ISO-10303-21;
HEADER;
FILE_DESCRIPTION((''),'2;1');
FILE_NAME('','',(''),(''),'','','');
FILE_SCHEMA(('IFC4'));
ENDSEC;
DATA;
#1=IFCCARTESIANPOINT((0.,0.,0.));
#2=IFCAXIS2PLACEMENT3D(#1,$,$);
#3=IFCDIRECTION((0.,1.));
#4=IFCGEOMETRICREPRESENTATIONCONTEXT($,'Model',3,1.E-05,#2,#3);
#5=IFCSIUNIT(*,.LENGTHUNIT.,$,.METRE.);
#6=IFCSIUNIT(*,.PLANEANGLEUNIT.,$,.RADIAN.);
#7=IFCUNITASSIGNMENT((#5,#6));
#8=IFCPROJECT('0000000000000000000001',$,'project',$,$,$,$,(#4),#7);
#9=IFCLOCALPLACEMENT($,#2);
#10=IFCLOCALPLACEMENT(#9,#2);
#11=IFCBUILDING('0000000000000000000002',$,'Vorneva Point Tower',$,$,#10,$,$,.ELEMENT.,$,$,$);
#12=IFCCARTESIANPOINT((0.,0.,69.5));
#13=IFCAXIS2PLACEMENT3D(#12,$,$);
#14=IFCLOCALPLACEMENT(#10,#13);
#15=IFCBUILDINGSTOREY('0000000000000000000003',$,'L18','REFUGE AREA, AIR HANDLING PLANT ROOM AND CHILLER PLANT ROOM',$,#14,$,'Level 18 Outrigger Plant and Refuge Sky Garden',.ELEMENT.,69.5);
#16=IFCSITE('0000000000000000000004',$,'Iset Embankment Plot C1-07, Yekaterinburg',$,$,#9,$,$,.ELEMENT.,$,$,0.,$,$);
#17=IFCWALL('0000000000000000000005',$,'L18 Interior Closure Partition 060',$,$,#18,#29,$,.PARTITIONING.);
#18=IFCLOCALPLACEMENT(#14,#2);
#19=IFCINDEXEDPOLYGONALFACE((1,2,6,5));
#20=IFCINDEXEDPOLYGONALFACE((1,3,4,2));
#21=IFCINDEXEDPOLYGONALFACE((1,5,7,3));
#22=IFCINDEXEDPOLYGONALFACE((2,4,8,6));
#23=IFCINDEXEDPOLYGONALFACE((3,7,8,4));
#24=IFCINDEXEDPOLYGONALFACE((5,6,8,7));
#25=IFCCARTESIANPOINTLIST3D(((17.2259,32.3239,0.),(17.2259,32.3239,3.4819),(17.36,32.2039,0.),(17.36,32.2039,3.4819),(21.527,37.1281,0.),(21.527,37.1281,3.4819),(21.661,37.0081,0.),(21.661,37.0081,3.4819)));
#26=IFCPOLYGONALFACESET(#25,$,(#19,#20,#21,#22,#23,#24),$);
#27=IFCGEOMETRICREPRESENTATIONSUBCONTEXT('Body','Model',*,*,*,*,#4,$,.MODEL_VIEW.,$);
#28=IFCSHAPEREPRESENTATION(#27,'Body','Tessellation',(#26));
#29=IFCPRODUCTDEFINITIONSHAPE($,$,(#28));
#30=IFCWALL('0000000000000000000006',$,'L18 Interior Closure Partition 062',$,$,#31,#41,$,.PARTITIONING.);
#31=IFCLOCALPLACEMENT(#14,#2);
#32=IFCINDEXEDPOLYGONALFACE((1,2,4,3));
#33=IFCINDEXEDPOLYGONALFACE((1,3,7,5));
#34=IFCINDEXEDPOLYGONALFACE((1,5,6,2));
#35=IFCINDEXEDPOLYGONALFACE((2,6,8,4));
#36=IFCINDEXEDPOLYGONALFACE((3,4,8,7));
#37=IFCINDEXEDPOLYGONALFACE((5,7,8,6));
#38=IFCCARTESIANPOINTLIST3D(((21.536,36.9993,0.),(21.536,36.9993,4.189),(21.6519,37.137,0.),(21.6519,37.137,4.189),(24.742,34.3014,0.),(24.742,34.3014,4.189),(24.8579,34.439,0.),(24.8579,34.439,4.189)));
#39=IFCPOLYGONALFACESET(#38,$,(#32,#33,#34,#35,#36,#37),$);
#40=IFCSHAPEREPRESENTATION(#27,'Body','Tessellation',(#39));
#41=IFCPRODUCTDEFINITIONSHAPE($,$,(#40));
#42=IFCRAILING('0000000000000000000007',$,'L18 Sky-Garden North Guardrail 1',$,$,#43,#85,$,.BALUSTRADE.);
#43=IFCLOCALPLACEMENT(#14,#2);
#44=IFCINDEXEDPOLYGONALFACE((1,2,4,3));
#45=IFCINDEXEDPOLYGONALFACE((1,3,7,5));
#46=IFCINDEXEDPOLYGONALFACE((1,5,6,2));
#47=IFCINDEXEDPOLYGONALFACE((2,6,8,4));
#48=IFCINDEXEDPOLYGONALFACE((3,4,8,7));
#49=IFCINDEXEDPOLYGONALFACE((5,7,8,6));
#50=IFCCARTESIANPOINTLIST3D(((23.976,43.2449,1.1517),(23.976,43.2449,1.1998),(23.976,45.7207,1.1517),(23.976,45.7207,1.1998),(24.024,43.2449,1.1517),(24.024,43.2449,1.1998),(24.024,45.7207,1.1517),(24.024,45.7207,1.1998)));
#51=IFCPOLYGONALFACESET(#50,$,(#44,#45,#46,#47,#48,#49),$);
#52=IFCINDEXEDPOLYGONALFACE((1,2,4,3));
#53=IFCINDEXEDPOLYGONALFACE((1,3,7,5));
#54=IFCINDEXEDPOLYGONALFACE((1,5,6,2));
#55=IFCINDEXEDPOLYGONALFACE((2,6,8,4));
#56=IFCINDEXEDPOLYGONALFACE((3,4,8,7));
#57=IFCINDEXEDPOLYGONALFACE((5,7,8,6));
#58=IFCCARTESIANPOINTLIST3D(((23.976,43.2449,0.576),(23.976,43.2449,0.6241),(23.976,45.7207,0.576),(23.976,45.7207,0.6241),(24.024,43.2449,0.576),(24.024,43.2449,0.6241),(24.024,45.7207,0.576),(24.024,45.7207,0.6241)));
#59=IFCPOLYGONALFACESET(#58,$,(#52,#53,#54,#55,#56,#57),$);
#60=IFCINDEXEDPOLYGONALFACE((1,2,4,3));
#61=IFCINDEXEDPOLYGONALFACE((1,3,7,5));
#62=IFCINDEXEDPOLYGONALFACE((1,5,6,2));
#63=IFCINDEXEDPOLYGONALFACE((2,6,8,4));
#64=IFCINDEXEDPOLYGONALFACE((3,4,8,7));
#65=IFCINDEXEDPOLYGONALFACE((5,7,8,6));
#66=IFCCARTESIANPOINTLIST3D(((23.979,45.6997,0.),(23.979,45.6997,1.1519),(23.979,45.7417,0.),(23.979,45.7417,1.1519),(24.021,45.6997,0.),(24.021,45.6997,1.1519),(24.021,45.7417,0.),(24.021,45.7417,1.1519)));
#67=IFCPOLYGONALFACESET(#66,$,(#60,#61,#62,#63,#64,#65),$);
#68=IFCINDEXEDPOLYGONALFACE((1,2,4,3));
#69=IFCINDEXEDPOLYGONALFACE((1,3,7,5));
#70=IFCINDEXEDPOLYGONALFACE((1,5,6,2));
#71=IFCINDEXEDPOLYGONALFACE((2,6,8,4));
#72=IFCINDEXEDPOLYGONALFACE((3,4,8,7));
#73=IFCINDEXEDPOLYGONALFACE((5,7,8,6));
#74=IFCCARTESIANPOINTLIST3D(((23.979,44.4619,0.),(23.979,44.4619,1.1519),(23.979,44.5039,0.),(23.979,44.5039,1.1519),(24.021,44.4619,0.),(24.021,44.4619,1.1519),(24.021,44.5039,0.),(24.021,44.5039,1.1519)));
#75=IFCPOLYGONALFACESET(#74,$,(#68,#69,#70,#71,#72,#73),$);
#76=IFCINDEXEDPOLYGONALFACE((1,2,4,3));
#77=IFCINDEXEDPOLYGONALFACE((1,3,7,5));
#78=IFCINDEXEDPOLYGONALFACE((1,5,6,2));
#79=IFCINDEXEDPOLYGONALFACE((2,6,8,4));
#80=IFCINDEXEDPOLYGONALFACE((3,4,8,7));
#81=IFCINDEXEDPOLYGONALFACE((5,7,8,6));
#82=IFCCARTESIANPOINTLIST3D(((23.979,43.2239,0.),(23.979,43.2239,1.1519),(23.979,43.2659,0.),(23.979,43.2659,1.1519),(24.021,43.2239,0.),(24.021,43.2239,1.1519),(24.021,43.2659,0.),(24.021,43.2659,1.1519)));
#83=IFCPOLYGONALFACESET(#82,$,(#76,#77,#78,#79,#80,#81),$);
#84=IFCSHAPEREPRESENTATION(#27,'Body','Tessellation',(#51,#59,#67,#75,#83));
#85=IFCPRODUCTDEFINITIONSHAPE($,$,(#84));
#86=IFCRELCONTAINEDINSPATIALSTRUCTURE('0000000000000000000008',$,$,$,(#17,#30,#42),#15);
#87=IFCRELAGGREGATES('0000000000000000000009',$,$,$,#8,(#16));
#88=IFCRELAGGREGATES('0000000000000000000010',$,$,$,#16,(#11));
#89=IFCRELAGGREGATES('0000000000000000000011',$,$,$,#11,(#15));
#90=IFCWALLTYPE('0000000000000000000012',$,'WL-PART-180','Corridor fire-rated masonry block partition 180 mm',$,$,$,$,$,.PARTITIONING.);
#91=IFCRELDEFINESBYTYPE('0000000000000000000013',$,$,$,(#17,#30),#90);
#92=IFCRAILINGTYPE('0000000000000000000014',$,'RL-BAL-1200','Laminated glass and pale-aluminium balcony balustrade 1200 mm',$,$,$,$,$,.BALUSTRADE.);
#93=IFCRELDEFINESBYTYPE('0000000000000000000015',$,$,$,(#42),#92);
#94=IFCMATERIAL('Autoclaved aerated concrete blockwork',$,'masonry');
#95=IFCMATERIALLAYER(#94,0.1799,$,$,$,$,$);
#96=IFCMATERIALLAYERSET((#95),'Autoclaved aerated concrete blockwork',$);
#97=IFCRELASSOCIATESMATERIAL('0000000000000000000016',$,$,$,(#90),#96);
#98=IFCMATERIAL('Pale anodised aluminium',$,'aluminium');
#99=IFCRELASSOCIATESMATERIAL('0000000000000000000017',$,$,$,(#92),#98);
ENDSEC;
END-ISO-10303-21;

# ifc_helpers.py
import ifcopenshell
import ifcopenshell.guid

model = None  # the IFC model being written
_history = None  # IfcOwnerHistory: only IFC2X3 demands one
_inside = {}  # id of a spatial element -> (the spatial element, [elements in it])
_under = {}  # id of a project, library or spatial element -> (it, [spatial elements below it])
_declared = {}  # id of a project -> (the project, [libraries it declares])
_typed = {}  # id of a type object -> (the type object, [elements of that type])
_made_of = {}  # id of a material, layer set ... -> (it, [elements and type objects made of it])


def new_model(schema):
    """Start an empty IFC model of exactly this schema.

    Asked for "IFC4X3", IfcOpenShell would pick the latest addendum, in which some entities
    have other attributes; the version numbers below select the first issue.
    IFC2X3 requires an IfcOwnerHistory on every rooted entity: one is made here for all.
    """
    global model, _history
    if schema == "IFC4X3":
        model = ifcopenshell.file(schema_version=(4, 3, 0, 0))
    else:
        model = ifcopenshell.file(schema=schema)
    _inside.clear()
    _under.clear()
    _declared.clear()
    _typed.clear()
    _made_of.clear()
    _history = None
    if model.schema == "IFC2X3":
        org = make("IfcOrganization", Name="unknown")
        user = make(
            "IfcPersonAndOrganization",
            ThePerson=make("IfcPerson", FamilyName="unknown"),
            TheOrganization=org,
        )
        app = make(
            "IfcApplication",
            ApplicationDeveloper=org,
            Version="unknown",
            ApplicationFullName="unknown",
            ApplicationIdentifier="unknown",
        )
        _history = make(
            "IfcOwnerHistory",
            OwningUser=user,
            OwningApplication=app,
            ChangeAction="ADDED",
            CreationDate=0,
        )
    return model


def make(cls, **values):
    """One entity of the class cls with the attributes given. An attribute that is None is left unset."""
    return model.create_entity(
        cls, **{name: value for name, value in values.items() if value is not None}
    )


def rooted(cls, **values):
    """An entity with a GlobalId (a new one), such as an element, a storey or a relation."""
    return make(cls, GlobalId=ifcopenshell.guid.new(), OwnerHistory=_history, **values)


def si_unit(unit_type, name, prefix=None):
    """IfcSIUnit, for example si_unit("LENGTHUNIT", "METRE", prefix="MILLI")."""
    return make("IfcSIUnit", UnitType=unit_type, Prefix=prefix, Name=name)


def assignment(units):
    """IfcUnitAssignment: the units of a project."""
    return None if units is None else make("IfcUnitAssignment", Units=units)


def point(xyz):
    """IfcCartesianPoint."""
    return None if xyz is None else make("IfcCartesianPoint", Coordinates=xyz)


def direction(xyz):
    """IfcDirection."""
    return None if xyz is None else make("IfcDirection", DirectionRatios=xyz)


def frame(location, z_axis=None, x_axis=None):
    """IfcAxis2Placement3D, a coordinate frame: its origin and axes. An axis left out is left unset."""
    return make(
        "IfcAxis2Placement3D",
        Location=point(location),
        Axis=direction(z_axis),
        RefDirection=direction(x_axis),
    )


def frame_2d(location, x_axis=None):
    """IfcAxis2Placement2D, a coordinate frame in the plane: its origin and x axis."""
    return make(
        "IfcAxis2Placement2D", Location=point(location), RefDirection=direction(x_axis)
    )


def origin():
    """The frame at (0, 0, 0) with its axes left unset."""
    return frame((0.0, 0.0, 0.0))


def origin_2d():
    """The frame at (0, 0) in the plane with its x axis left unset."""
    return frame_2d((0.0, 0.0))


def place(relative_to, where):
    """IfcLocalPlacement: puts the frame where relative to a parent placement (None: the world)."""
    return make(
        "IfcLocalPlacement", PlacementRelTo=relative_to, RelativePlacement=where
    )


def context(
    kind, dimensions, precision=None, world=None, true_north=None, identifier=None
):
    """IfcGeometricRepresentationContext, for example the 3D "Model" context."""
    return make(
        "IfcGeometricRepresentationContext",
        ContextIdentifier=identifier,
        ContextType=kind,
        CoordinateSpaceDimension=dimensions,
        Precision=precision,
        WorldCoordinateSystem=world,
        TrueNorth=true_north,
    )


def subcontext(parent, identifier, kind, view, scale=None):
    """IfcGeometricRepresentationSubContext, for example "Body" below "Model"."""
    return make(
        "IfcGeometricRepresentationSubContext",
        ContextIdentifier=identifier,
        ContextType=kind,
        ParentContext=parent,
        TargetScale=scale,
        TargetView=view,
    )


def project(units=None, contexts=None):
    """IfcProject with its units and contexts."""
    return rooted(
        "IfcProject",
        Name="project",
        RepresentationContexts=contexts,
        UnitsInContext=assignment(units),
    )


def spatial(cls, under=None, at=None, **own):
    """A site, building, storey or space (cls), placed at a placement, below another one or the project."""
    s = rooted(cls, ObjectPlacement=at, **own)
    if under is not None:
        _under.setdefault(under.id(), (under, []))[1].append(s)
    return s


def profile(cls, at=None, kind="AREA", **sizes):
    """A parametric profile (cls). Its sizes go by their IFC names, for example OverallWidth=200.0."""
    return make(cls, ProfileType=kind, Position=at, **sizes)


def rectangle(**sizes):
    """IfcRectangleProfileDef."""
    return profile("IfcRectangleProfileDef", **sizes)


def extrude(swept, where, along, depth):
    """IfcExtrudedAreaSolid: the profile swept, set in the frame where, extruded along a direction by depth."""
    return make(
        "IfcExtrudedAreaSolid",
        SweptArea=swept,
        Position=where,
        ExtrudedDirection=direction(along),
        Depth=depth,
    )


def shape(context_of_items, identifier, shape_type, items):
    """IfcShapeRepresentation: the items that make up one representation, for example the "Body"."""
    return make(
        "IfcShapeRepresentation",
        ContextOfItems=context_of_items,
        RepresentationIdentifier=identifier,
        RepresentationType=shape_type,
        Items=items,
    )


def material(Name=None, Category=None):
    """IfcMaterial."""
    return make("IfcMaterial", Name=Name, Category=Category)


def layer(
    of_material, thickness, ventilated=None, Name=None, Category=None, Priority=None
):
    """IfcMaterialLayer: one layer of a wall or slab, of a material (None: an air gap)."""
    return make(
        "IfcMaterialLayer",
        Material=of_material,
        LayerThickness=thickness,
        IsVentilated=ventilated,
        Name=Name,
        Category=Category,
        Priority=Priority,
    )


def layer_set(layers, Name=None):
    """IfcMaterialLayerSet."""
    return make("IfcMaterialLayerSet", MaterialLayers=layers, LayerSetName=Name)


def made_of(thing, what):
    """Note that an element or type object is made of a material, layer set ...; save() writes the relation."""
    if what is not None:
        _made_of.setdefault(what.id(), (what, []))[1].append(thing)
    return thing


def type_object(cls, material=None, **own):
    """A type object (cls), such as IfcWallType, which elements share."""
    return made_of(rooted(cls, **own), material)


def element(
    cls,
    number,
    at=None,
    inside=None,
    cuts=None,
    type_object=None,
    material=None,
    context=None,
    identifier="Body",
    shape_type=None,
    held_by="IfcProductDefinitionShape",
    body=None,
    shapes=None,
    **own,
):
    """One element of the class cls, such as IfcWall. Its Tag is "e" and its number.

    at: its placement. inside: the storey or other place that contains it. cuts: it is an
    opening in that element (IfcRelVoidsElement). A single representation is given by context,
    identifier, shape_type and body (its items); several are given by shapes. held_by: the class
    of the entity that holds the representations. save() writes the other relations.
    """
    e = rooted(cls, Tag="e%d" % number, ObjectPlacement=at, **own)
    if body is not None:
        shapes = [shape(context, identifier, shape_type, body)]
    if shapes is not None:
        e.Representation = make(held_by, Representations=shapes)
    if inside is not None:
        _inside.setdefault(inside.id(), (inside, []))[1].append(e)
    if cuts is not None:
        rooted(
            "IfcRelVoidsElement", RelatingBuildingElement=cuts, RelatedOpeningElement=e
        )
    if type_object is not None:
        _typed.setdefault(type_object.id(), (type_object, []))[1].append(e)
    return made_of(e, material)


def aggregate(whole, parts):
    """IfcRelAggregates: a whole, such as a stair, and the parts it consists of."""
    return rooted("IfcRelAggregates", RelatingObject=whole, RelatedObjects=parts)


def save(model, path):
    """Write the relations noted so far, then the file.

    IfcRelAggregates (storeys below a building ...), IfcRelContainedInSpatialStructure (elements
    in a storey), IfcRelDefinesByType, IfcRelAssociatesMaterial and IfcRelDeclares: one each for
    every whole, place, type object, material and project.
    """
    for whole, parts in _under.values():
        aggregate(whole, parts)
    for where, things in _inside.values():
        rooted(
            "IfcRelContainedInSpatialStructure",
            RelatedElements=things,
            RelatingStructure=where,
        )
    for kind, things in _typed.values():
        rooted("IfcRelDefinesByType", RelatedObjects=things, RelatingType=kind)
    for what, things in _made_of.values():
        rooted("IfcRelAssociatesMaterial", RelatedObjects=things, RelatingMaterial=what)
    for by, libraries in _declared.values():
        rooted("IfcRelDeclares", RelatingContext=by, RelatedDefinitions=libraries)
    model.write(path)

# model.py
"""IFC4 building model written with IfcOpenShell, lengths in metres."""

from ifc_helpers import new_model, si_unit, direction, frame, frame_2d, origin, origin_2d, place, context, subcontext, project, spatial, rectangle, extrude, material, layer, layer_set, type_object, element, save


model = new_model("IFC4")

# Units and contexts
model_context = context("Model", 3, precision=1e-05, world=origin(), true_north=direction((0.0, 1.0)))
body_context = subcontext(model_context, "Body", "Model", "MODEL_VIEW")
ifc_project = project(units=[si_unit("LENGTHUNIT", "METRE"), si_unit("PLANEANGLEUNIT", "RADIAN")], contexts=[model_context])

# Site, building, storey
site_placement = place(None, origin())
site = spatial("IfcSite", under=ifc_project, at=site_placement, Name="Iset Embankment Plot C1-07, Yekaterinburg", CompositionType="ELEMENT", RefElevation=0.0)
building_placement = place(site_placement, origin())
building = spatial("IfcBuilding", under=site, at=building_placement, Name="Vorneva Point Tower", CompositionType="ELEMENT")
storey_placement = place(building_placement, frame((0.0, 0.0, 69.5)))
storey = spatial("IfcBuildingStorey", under=building, at=storey_placement, Name="L18", Description="REFUGE AREA, AIR HANDLING PLANT ROOM AND CHILLER PLANT ROOM", LongName="Level 18 Outrigger Plant and Refuge Sky Garden", CompositionType="ELEMENT", Elevation=69.5)

# Shared definitions
ifc_material_1 = material(Name="Autoclaved aerated concrete blockwork", Category="masonry")
ifc_layer_1 = layer(ifc_material_1, 0.1799)
ifc_layer_set_1 = layer_set([ifc_layer_1], Name="Autoclaved aerated concrete blockwork")
wall_type_1 = type_object("IfcWallType", Name="WL-PART-180", Description="Corridor fire-rated masonry block partition 180 mm", PredefinedType="PARTITIONING", material=ifc_layer_set_1)

# Walls
wall_1_placement = place(storey_placement, frame((21.594, 37.0681, 0.0), z_axis=(0.0, 0.0, 1.0), x_axis=(-0.667013, -0.745046, 0.0)))
element("IfcWall", 1, at=wall_1_placement, inside=storey, type_object=wall_type_1, Name="L18 Interior Closure Partition 060", PredefinedType="PARTITIONING", context=body_context, shape_type="SweptSolid", body=[
    extrude(rectangle(XDim=6.4482, YDim=0.1799, at=frame_2d((3.2241, 0.0))), origin(), (0.0, 0.0, 1.0), 3.4819),
])
wall_2_placement = place(storey_placement, frame((24.8, 34.3701, 0.0), z_axis=(0.0, 0.0, 1.0), x_axis=(-0.765127, 0.643879, 0.0)))
element("IfcWall", 2, at=wall_2_placement, inside=storey, type_object=wall_type_1, Name="L18 Interior Closure Partition 062", PredefinedType="PARTITIONING", context=body_context, shape_type="SweptSolid", body=[
    extrude(rectangle(XDim=4.1902, YDim=0.1799, at=frame_2d((2.0952, 0.0))), origin(), (0.0, 0.0, 1.0), 4.189),
])

# Railing
ifc_material_2 = material(Name="Pale anodised aluminium", Category="aluminium")
railing_type = type_object("IfcRailingType", Name="RL-BAL-1200", Description="Laminated glass and pale-aluminium balcony balustrade 1200 mm", PredefinedType="BALUSTRADE", material=ifc_material_2)
railing_placement = place(storey_placement, frame((24.0, 45.7207, 0.0)))
element("IfcRailing", 3, at=railing_placement, inside=storey, type_object=railing_type, Name="L18 Sky-Garden North Guardrail 1", PredefinedType="BALUSTRADE", context=body_context, shape_type="SweptSolid", body=[
    extrude(rectangle(XDim=0.0481, YDim=0.0481, at=origin_2d()), frame((0.0, 0.0, 1.1758), z_axis=(0.0, -1.0, 0.0), x_axis=(1.0, 0.0, 0.0)), (0.0, 0.0, 1.0), 2.4758),
    extrude(rectangle(XDim=0.0481, YDim=0.0481, at=origin_2d()), frame((0.0, 0.0, 0.6001), z_axis=(0.0, -1.0, 0.0), x_axis=(1.0, 0.0, 0.0)), (0.0, 0.0, 1.0), 2.4758),
    extrude(rectangle(XDim=0.042, YDim=0.042, at=origin_2d()), origin(), (0.0, 0.0, 1.0), 1.1519),
    extrude(rectangle(XDim=0.042, YDim=0.042, at=origin_2d()), frame((0.0, -1.2378, 0.0)), (0.0, 0.0, 1.0), 1.1519),
    extrude(rectangle(XDim=0.042, YDim=0.042, at=origin_2d()), frame((0.0, -2.4758, 0.0)), (0.0, 0.0, 1.0), 1.1519),
])

save(model, "model.ifc")
